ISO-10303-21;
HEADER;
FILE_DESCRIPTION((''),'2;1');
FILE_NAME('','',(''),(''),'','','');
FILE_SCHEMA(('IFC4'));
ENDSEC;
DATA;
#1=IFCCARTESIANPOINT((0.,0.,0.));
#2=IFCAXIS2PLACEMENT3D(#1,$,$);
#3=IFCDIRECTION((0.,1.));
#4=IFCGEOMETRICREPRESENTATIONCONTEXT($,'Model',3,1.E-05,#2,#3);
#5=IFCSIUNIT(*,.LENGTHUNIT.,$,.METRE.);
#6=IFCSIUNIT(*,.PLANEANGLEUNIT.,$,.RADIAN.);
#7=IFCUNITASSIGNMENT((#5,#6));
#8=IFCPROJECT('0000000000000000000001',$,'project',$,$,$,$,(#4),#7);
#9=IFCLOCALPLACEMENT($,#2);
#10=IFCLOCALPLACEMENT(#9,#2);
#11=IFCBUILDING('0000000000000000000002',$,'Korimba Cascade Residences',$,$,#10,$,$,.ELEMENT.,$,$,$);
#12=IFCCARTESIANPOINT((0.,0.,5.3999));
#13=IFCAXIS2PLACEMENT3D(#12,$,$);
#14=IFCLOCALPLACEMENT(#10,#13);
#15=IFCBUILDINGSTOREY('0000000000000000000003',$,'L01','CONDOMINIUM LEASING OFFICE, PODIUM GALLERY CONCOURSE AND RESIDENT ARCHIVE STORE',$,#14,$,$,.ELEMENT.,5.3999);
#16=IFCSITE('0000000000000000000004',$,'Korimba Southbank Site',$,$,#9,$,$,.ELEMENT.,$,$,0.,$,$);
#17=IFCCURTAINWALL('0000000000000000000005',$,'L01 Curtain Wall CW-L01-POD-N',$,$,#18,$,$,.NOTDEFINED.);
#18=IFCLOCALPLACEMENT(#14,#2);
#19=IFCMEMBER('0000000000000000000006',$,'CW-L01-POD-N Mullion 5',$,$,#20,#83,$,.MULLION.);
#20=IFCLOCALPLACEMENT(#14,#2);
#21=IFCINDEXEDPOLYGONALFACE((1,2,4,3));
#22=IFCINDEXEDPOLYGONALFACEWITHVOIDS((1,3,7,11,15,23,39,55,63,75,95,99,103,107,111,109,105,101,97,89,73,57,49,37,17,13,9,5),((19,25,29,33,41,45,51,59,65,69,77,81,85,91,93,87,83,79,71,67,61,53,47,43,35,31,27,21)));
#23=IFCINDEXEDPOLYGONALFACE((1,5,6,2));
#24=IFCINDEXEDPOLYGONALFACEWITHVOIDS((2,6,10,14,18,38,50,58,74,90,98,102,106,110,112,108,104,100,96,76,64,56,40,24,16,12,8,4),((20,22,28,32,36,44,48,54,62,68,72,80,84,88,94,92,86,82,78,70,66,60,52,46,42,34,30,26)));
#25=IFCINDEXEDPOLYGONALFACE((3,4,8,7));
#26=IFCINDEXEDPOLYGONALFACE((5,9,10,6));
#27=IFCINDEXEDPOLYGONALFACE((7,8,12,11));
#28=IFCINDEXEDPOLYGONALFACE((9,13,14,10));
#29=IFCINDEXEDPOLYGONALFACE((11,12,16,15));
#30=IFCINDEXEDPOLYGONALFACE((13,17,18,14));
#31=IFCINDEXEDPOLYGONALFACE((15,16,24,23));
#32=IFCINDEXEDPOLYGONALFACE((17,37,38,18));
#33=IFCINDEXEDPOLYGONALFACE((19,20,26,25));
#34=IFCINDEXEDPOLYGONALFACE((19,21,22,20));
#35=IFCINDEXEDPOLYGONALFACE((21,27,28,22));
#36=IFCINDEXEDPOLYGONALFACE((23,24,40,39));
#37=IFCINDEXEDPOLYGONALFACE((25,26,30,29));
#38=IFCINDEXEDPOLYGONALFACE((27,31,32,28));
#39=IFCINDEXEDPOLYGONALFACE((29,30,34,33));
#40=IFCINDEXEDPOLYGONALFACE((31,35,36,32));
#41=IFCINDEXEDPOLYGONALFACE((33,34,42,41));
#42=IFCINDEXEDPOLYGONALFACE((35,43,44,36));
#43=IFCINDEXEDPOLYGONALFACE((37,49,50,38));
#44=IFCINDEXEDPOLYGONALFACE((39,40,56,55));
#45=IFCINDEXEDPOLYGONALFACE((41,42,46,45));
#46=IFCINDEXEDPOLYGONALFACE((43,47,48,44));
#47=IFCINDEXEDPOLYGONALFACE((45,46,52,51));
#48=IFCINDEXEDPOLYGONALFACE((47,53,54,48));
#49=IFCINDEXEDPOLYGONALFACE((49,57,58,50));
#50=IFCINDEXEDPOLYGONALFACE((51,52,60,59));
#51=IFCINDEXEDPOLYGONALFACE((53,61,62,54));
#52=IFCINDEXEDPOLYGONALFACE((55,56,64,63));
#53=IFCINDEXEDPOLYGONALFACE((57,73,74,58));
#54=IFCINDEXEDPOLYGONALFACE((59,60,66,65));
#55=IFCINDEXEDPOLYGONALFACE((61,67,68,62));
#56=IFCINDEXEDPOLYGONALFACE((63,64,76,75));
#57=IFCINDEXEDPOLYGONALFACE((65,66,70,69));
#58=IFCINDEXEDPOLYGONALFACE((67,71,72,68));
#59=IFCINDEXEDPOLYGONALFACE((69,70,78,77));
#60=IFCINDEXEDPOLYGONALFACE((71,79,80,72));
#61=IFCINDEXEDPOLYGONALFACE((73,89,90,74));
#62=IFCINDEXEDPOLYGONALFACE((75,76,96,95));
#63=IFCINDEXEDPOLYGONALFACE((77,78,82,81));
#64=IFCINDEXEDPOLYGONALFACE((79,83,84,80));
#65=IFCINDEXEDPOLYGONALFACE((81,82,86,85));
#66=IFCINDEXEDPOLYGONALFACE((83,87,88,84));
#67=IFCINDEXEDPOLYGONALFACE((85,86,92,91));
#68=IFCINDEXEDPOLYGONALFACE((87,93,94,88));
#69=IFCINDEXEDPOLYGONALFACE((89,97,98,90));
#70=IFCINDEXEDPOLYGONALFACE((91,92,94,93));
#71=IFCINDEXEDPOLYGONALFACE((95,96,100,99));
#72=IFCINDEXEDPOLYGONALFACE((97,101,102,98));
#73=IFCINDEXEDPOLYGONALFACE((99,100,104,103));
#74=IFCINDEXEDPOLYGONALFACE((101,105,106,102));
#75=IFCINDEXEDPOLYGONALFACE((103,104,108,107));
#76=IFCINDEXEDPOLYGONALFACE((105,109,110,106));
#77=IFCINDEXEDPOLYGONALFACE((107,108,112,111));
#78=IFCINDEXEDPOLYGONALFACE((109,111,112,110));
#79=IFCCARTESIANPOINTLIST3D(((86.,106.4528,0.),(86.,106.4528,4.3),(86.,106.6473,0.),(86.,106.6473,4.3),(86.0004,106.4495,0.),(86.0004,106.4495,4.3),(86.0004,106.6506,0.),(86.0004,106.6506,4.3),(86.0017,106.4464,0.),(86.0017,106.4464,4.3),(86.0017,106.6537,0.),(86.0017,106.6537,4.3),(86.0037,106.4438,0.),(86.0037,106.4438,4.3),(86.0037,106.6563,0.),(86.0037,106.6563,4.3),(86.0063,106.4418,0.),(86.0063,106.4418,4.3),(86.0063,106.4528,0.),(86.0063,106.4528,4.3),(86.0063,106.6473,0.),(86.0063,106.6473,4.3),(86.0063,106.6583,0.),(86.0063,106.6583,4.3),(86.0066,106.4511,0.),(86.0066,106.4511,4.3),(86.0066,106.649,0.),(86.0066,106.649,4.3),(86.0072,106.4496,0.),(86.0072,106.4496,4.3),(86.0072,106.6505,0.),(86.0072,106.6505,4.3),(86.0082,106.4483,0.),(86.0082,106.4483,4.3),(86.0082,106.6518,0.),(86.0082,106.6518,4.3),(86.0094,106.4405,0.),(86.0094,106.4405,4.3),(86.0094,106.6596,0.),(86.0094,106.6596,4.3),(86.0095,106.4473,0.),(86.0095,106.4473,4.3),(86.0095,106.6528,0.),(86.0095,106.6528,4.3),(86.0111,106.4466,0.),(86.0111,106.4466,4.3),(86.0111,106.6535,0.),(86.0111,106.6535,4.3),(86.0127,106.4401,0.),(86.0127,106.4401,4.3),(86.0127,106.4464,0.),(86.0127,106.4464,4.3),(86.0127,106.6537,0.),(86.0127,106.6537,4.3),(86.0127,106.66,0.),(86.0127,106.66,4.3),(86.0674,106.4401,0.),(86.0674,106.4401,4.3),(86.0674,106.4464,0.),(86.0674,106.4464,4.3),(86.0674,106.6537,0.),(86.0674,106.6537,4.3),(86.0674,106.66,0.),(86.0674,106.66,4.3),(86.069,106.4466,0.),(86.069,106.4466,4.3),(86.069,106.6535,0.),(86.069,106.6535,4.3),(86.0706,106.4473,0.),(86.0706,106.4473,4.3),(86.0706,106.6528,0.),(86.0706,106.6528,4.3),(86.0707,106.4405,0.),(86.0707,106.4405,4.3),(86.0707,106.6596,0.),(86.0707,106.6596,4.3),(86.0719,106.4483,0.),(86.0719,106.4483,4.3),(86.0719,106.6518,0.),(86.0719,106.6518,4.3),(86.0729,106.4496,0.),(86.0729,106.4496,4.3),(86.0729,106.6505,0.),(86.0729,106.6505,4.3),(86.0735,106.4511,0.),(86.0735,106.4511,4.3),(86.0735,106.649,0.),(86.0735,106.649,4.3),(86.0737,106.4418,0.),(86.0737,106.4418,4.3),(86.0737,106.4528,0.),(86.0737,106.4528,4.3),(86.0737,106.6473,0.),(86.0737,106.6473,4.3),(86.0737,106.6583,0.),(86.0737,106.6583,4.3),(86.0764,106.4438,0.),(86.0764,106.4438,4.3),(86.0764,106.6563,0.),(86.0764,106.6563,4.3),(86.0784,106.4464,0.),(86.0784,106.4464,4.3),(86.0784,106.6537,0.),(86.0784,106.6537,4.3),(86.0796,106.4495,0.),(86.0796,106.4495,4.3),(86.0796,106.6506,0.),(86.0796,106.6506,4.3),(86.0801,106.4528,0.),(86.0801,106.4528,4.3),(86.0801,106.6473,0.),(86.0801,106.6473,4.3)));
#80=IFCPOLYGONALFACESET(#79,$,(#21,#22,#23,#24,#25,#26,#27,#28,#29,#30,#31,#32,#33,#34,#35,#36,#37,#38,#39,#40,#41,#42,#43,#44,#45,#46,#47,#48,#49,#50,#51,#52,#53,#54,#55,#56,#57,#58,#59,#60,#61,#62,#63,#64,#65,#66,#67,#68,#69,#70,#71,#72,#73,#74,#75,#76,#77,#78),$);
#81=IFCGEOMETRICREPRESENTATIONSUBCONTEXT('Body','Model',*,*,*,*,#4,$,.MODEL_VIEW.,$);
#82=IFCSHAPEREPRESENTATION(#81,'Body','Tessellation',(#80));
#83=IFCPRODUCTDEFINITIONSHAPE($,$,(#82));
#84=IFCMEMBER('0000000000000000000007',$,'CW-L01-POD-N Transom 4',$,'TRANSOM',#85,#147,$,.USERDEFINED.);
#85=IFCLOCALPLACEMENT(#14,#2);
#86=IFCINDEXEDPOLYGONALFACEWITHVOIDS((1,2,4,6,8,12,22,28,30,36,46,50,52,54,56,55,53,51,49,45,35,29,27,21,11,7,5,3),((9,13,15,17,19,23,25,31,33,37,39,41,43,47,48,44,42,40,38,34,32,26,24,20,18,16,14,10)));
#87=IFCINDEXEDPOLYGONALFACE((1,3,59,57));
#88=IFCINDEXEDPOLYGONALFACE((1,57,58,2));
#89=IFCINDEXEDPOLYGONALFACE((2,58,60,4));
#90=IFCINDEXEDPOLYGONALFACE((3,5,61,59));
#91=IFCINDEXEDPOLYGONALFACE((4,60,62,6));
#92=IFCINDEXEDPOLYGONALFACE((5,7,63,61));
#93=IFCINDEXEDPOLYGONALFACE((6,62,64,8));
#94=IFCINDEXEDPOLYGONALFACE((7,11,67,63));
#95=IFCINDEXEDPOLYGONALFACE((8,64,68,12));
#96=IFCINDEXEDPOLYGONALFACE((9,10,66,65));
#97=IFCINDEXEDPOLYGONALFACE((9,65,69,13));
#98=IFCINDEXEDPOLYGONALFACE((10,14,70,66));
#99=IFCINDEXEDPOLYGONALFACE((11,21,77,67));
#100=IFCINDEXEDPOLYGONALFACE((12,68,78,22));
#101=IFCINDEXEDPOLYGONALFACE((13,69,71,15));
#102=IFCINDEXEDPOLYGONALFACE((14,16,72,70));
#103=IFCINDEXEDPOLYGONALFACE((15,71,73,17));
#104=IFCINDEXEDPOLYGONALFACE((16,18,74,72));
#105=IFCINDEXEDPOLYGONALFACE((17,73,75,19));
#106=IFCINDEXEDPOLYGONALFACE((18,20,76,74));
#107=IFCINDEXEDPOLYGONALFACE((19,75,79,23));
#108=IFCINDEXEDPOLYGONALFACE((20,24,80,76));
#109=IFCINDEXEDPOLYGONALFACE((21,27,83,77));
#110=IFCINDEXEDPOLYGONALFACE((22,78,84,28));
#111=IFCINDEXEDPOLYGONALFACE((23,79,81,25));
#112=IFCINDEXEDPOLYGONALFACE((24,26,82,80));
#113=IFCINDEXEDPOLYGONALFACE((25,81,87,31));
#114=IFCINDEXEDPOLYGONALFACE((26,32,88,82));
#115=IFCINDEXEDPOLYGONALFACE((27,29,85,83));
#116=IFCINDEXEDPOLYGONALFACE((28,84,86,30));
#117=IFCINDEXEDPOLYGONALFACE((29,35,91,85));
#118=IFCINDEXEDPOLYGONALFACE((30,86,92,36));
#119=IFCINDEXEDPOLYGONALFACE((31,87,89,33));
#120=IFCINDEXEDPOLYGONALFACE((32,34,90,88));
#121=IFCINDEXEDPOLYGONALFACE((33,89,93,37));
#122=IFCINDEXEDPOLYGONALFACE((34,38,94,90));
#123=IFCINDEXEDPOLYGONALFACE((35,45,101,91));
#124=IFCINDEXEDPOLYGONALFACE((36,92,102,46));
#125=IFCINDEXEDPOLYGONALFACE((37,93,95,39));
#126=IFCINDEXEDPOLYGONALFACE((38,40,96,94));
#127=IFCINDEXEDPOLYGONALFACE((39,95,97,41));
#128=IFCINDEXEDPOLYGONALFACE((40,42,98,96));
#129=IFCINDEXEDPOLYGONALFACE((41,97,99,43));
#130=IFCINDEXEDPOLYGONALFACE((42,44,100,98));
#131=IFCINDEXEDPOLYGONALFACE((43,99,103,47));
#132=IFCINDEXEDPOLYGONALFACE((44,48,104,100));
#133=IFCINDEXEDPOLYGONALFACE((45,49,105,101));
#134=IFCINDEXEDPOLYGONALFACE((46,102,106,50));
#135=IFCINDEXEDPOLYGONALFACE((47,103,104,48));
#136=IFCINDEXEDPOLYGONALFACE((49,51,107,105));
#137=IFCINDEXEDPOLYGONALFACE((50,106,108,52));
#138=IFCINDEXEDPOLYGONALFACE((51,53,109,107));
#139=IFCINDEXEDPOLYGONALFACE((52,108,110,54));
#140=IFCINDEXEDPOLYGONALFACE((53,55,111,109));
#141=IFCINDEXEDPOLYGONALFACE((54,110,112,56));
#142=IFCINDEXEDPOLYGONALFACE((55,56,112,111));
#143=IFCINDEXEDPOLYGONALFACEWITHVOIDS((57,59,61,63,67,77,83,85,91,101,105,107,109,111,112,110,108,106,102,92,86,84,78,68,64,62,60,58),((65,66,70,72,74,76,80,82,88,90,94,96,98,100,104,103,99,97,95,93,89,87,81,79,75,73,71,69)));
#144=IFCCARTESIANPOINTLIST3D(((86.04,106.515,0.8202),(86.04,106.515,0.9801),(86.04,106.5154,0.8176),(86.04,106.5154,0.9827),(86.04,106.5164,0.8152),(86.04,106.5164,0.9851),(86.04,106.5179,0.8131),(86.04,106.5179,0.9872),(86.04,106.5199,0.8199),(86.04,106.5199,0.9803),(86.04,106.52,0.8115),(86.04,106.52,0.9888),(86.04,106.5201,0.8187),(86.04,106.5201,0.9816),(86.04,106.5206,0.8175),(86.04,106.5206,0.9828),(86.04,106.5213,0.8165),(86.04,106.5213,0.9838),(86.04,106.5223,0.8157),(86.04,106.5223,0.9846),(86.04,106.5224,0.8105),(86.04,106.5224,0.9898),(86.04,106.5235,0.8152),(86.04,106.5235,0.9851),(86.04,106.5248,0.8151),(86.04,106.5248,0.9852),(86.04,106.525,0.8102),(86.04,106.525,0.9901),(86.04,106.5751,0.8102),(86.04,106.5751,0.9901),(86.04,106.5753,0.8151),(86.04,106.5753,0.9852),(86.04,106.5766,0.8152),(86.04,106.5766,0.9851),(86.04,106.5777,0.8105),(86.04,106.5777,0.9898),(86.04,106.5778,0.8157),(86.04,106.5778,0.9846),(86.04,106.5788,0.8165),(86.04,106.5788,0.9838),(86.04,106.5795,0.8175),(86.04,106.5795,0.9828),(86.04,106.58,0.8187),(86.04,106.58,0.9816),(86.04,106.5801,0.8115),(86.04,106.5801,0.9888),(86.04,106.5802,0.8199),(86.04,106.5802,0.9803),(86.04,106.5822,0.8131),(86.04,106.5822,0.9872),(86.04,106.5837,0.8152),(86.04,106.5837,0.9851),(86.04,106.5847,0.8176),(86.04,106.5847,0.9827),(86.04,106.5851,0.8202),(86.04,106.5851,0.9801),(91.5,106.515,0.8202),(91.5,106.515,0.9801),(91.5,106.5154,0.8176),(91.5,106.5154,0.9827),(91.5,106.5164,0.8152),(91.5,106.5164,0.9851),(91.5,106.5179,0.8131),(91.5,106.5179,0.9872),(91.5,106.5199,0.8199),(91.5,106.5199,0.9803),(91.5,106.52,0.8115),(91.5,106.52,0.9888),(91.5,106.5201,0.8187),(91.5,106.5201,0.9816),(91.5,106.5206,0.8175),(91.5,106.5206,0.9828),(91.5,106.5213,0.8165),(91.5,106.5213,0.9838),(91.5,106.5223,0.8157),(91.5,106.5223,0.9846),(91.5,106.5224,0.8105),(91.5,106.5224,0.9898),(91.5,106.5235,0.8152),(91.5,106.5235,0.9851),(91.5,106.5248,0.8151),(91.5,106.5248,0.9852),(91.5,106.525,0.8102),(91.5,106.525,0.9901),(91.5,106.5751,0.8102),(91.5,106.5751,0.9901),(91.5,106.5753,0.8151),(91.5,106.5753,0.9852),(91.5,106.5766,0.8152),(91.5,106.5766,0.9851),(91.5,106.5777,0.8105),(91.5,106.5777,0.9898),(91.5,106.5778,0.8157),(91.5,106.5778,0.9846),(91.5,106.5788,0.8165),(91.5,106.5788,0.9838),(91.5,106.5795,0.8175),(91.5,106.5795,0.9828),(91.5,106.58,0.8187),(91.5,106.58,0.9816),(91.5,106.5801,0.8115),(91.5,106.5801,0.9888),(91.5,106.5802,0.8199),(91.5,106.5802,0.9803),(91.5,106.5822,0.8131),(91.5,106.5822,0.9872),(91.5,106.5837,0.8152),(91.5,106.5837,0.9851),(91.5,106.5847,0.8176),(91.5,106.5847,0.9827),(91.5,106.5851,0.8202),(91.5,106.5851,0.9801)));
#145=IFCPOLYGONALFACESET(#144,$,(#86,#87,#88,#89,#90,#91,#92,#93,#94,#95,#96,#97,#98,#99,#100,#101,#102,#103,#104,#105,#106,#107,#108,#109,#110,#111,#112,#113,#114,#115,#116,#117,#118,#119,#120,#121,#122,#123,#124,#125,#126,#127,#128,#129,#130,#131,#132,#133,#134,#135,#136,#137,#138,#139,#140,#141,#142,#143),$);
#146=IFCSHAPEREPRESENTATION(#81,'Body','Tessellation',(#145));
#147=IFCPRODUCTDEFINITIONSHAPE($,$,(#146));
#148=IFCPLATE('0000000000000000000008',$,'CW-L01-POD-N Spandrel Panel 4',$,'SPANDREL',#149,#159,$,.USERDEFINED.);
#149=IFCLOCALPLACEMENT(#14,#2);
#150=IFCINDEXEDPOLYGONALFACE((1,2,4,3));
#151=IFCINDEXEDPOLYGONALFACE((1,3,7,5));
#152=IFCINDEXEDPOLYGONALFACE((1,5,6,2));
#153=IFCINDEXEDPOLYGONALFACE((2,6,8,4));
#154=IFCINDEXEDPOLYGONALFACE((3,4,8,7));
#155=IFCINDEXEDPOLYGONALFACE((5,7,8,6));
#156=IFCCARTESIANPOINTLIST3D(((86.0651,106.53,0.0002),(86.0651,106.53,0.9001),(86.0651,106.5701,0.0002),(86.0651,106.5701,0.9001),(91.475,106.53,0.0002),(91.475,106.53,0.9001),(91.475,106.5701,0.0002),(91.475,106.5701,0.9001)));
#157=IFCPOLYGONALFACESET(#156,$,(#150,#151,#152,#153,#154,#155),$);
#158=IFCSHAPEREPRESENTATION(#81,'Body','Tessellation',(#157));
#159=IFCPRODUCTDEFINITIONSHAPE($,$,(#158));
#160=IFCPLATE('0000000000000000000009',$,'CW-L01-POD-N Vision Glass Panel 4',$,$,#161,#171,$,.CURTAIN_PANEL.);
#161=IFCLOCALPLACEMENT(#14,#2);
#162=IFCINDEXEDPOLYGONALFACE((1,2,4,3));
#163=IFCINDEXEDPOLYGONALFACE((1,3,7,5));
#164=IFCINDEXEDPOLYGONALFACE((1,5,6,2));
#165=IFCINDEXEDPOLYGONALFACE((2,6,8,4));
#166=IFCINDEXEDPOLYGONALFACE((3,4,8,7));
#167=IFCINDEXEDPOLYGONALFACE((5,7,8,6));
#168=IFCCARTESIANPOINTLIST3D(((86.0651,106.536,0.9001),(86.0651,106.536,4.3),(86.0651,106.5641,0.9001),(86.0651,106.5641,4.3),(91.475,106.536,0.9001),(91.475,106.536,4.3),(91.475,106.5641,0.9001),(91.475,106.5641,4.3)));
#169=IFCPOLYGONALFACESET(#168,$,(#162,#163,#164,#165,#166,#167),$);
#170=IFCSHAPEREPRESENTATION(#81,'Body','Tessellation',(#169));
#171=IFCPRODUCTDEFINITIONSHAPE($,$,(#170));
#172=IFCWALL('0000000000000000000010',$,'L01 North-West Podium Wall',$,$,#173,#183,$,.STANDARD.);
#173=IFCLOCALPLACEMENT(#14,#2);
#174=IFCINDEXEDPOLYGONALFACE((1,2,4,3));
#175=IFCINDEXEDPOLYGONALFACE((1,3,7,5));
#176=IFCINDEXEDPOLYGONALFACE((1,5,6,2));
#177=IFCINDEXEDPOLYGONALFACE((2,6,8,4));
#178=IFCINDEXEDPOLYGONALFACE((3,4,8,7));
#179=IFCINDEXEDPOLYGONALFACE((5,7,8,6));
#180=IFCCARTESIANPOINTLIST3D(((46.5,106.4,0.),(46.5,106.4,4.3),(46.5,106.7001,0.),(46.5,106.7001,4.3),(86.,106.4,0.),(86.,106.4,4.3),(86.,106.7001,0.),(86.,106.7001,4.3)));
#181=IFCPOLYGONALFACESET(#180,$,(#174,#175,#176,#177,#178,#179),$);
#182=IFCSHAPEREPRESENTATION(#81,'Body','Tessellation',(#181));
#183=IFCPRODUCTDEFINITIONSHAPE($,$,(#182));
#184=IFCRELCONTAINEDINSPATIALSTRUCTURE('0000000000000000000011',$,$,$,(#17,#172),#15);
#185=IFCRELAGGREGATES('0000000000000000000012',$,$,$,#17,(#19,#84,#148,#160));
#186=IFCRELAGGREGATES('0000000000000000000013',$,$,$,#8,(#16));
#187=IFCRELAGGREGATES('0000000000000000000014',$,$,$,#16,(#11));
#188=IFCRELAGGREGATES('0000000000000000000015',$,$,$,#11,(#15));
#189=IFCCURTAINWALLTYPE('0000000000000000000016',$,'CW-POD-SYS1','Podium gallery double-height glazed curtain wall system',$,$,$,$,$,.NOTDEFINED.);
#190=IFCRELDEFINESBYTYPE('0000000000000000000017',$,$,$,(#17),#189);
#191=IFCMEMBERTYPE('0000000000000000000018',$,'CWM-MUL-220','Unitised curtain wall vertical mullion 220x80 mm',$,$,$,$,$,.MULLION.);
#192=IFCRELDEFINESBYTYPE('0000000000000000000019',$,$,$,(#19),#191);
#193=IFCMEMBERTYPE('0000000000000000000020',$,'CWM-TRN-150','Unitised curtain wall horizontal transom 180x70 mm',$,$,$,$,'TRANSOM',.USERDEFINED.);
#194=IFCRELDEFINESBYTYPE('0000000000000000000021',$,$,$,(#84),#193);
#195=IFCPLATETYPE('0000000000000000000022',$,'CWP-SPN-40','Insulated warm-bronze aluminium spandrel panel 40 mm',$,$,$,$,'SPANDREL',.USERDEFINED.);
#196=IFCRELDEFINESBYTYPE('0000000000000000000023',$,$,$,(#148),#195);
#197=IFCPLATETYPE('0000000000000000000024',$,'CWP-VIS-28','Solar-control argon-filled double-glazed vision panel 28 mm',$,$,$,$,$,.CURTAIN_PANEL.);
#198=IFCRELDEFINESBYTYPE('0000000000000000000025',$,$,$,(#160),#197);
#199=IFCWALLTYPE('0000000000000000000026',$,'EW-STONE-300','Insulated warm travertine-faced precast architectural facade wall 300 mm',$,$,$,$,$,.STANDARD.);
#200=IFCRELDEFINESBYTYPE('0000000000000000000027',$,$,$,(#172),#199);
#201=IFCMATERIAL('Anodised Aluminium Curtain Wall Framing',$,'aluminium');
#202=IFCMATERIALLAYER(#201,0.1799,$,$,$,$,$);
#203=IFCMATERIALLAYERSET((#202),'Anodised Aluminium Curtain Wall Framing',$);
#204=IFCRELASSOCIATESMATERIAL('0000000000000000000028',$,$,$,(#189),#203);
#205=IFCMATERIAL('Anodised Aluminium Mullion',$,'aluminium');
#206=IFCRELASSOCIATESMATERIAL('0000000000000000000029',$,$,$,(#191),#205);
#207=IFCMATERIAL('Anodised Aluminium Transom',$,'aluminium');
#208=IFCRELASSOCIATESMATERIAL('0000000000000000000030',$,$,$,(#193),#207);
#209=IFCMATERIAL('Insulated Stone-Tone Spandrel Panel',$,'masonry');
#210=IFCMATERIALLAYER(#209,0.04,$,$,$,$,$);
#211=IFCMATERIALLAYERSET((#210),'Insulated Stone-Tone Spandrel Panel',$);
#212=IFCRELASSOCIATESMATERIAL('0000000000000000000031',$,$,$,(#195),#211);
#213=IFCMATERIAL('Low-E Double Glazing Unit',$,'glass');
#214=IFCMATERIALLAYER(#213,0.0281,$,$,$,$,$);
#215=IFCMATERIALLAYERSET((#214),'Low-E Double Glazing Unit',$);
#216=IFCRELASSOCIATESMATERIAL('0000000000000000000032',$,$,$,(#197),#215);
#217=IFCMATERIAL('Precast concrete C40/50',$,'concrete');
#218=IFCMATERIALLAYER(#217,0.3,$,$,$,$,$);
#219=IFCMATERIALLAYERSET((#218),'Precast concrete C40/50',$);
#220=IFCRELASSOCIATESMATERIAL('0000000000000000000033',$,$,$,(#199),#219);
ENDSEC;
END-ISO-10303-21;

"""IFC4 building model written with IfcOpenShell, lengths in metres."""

from ifc_helpers import new_model, si_unit, direction, frame, frame_2d, origin, origin_2d, place, context, subcontext, project, spatial, rectangle, hollow_rectangle, extrude, material, layer, layer_set, material_profile, profile_set, type_object, element, aggregate, save


model = new_model("IFC4")

# Units and contexts
model_context = context("Model", 3, precision=1e-05, world=origin(), true_north=direction((0.0, 1.0)))
body_context = subcontext(model_context, "Body", "Model", "MODEL_VIEW")
ifc_project = project(units=[si_unit("LENGTHUNIT", "METRE"), si_unit("PLANEANGLEUNIT", "RADIAN")], contexts=[model_context])

# Site, building, storey
site_placement = place(None, origin())
site = spatial("IfcSite", under=ifc_project, at=site_placement, Name="Korimba Southbank Site", CompositionType="ELEMENT", RefElevation=0.0)
building_placement = place(site_placement, origin())
building = spatial("IfcBuilding", under=site, at=building_placement, Name="Korimba Cascade Residences", CompositionType="ELEMENT")
storey_placement = place(building_placement, frame((0.0, 0.0, 5.3999)))
storey = spatial("IfcBuildingStorey", under=building, at=storey_placement, Name="L01", Description="CONDOMINIUM LEASING OFFICE, PODIUM GALLERY CONCOURSE AND RESIDENT ARCHIVE STORE", CompositionType="ELEMENT", Elevation=5.3999)

# Curtain wall, members, plates
ifc_material_1 = material(Name="Anodised Aluminium Curtain Wall Framing", Category="aluminium")
ifc_layer_1 = layer(ifc_material_1, 0.1799)
ifc_layer_set_1 = layer_set([ifc_layer_1], Name="Anodised Aluminium Curtain Wall Framing")
curtain_wall_type = type_object("IfcCurtainWallType", Name="CW-POD-SYS1", Description="Podium gallery double-height glazed curtain wall system", PredefinedType="NOTDEFINED", material=ifc_layer_set_1)
curtain_wall_placement = place(storey_placement, origin())
curtain_wall = element("IfcCurtainWall", 1, at=curtain_wall_placement, inside=storey, type_object=curtain_wall_type, Name="L01 Curtain Wall CW-L01-POD-N", PredefinedType="NOTDEFINED")
ifc_material_2 = material(Name="Anodised Aluminium Mullion", Category="aluminium")
ifc_material_profile_1 = material_profile(ifc_material_2, hollow_rectangle(XDim=0.0801, YDim=0.22, WallThickness=0.0063, InnerFilletRadius=0.0063, OuterFilletRadius=0.0127, at=origin_2d()), Name="Anodised Aluminium Mullion")
ifc_profile_set_1 = profile_set([ifc_material_profile_1], Name="Anodised Aluminium Mullion")
member_type_1 = type_object("IfcMemberType", Name="CWM-MUL-220", Description="Unitised curtain wall vertical mullion 220x80 mm", PredefinedType="MULLION", material=ifc_profile_set_1)
member_1_placement = place(storey_placement, frame((86.04, 106.55, 0.0), z_axis=(0.0, 0.0, 1.0), x_axis=(-1.0, 0.0, 0.0)))
member_1 = element("IfcMember", 2, at=member_1_placement, type_object=member_type_1, Name="CW-L01-POD-N Mullion 5", PredefinedType="MULLION", context=body_context, shape_type="SweptSolid", body=[
    extrude(hollow_rectangle(XDim=0.0801, YDim=0.22, WallThickness=0.0063, InnerFilletRadius=0.0063, OuterFilletRadius=0.0127, at=origin_2d()), origin(), (0.0, 0.0, 1.0), 4.3),
])
ifc_material_3 = material(Name="Anodised Aluminium Transom", Category="aluminium")
ifc_material_profile_2 = material_profile(ifc_material_3, hollow_rectangle(XDim=0.0701, YDim=0.1799, WallThickness=0.0049, InnerFilletRadius=0.0049, OuterFilletRadius=0.01, at=origin_2d()), Name="Anodised Aluminium Transom")
ifc_profile_set_2 = profile_set([ifc_material_profile_2], Name="Anodised Aluminium Transom")
member_type_2 = type_object("IfcMemberType", Name="CWM-TRN-150", Description="Unitised curtain wall horizontal transom 180x70 mm", ElementType="TRANSOM", PredefinedType="USERDEFINED", material=ifc_profile_set_2)
member_2_placement = place(storey_placement, frame((91.5, 106.55, 0.9001), z_axis=(-1.0, 0.0, 0.0), x_axis=(0.0, -1.0, 0.0)))
member_2 = element("IfcMember", 3, at=member_2_placement, type_object=member_type_2, Name="CW-L01-POD-N Transom 4", ObjectType="TRANSOM", PredefinedType="USERDEFINED", context=body_context, shape_type="SweptSolid", body=[
    extrude(hollow_rectangle(XDim=0.0701, YDim=0.1799, WallThickness=0.0049, InnerFilletRadius=0.0049, OuterFilletRadius=0.01, at=origin_2d()), origin(), (0.0, 0.0, 1.0), 5.46),
])
ifc_material_4 = material(Name="Insulated Stone-Tone Spandrel Panel", Category="masonry")
ifc_layer_2 = layer(ifc_material_4, 0.04)
ifc_layer_set_2 = layer_set([ifc_layer_2], Name="Insulated Stone-Tone Spandrel Panel")
plate_type_1 = type_object("IfcPlateType", Name="CWP-SPN-40", Description="Insulated warm-bronze aluminium spandrel panel 40 mm", ElementType="SPANDREL", PredefinedType="USERDEFINED", material=ifc_layer_set_2)
plate_1_placement = place(storey_placement, frame((88.77, 106.55, 0.0002), z_axis=(0.0, 0.0, 1.0), x_axis=(-1.0, 0.0, 0.0)))
plate_1 = element("IfcPlate", 4, at=plate_1_placement, type_object=plate_type_1, Name="CW-L01-POD-N Spandrel Panel 4", ObjectType="SPANDREL", PredefinedType="USERDEFINED", context=body_context, shape_type="SweptSolid", body=[
    extrude(rectangle(XDim=5.4099, YDim=0.04, at=origin_2d()), origin(), (0.0, 0.0, 1.0), 0.8999),
])
ifc_material_5 = material(Name="Low-E Double Glazing Unit", Category="glass")
ifc_layer_3 = layer(ifc_material_5, 0.0281)
ifc_layer_set_3 = layer_set([ifc_layer_3], Name="Low-E Double Glazing Unit")
plate_type_2 = type_object("IfcPlateType", Name="CWP-VIS-28", Description="Solar-control argon-filled double-glazed vision panel 28 mm", PredefinedType="CURTAIN_PANEL", material=ifc_layer_set_3)
plate_2_placement = place(storey_placement, frame((88.77, 106.55, 0.9001), z_axis=(0.0, 0.0, 1.0), x_axis=(-1.0, 0.0, 0.0)))
plate_2 = element("IfcPlate", 5, at=plate_2_placement, type_object=plate_type_2, Name="CW-L01-POD-N Vision Glass Panel 4", PredefinedType="CURTAIN_PANEL", context=body_context, shape_type="SweptSolid", body=[
    extrude(rectangle(XDim=5.4099, YDim=0.0281, at=origin_2d()), origin(), (0.0, 0.0, 1.0), 3.3999),
])
aggregate(curtain_wall, [member_1, member_2, plate_1, plate_2])

# Wall
ifc_material_6 = material(Name="Precast concrete C40/50", Category="concrete")
ifc_layer_4 = layer(ifc_material_6, 0.3)
ifc_layer_set_4 = layer_set([ifc_layer_4], Name="Precast concrete C40/50")
wall_type_1 = type_object("IfcWallType", Name="EW-STONE-300", Description="Insulated warm travertine-faced precast architectural facade wall 300 mm", PredefinedType="STANDARD", material=ifc_layer_set_4)
wall_1_placement = place(storey_placement, frame((86.0, 106.55, 0.0), z_axis=(0.0, 0.0, 1.0), x_axis=(-1.0, 0.0, 0.0)))
element("IfcWall", 6, at=wall_1_placement, inside=storey, type_object=wall_type_1, Name="L01 North-West Podium Wall", PredefinedType="STANDARD", context=body_context, shape_type="SweptSolid", body=[
    extrude(rectangle(XDim=39.5, YDim=0.3, at=frame_2d((19.75, 0.0))), origin(), (0.0, 0.0, 1.0), 4.3),
])

save(model, "model.ifc")
